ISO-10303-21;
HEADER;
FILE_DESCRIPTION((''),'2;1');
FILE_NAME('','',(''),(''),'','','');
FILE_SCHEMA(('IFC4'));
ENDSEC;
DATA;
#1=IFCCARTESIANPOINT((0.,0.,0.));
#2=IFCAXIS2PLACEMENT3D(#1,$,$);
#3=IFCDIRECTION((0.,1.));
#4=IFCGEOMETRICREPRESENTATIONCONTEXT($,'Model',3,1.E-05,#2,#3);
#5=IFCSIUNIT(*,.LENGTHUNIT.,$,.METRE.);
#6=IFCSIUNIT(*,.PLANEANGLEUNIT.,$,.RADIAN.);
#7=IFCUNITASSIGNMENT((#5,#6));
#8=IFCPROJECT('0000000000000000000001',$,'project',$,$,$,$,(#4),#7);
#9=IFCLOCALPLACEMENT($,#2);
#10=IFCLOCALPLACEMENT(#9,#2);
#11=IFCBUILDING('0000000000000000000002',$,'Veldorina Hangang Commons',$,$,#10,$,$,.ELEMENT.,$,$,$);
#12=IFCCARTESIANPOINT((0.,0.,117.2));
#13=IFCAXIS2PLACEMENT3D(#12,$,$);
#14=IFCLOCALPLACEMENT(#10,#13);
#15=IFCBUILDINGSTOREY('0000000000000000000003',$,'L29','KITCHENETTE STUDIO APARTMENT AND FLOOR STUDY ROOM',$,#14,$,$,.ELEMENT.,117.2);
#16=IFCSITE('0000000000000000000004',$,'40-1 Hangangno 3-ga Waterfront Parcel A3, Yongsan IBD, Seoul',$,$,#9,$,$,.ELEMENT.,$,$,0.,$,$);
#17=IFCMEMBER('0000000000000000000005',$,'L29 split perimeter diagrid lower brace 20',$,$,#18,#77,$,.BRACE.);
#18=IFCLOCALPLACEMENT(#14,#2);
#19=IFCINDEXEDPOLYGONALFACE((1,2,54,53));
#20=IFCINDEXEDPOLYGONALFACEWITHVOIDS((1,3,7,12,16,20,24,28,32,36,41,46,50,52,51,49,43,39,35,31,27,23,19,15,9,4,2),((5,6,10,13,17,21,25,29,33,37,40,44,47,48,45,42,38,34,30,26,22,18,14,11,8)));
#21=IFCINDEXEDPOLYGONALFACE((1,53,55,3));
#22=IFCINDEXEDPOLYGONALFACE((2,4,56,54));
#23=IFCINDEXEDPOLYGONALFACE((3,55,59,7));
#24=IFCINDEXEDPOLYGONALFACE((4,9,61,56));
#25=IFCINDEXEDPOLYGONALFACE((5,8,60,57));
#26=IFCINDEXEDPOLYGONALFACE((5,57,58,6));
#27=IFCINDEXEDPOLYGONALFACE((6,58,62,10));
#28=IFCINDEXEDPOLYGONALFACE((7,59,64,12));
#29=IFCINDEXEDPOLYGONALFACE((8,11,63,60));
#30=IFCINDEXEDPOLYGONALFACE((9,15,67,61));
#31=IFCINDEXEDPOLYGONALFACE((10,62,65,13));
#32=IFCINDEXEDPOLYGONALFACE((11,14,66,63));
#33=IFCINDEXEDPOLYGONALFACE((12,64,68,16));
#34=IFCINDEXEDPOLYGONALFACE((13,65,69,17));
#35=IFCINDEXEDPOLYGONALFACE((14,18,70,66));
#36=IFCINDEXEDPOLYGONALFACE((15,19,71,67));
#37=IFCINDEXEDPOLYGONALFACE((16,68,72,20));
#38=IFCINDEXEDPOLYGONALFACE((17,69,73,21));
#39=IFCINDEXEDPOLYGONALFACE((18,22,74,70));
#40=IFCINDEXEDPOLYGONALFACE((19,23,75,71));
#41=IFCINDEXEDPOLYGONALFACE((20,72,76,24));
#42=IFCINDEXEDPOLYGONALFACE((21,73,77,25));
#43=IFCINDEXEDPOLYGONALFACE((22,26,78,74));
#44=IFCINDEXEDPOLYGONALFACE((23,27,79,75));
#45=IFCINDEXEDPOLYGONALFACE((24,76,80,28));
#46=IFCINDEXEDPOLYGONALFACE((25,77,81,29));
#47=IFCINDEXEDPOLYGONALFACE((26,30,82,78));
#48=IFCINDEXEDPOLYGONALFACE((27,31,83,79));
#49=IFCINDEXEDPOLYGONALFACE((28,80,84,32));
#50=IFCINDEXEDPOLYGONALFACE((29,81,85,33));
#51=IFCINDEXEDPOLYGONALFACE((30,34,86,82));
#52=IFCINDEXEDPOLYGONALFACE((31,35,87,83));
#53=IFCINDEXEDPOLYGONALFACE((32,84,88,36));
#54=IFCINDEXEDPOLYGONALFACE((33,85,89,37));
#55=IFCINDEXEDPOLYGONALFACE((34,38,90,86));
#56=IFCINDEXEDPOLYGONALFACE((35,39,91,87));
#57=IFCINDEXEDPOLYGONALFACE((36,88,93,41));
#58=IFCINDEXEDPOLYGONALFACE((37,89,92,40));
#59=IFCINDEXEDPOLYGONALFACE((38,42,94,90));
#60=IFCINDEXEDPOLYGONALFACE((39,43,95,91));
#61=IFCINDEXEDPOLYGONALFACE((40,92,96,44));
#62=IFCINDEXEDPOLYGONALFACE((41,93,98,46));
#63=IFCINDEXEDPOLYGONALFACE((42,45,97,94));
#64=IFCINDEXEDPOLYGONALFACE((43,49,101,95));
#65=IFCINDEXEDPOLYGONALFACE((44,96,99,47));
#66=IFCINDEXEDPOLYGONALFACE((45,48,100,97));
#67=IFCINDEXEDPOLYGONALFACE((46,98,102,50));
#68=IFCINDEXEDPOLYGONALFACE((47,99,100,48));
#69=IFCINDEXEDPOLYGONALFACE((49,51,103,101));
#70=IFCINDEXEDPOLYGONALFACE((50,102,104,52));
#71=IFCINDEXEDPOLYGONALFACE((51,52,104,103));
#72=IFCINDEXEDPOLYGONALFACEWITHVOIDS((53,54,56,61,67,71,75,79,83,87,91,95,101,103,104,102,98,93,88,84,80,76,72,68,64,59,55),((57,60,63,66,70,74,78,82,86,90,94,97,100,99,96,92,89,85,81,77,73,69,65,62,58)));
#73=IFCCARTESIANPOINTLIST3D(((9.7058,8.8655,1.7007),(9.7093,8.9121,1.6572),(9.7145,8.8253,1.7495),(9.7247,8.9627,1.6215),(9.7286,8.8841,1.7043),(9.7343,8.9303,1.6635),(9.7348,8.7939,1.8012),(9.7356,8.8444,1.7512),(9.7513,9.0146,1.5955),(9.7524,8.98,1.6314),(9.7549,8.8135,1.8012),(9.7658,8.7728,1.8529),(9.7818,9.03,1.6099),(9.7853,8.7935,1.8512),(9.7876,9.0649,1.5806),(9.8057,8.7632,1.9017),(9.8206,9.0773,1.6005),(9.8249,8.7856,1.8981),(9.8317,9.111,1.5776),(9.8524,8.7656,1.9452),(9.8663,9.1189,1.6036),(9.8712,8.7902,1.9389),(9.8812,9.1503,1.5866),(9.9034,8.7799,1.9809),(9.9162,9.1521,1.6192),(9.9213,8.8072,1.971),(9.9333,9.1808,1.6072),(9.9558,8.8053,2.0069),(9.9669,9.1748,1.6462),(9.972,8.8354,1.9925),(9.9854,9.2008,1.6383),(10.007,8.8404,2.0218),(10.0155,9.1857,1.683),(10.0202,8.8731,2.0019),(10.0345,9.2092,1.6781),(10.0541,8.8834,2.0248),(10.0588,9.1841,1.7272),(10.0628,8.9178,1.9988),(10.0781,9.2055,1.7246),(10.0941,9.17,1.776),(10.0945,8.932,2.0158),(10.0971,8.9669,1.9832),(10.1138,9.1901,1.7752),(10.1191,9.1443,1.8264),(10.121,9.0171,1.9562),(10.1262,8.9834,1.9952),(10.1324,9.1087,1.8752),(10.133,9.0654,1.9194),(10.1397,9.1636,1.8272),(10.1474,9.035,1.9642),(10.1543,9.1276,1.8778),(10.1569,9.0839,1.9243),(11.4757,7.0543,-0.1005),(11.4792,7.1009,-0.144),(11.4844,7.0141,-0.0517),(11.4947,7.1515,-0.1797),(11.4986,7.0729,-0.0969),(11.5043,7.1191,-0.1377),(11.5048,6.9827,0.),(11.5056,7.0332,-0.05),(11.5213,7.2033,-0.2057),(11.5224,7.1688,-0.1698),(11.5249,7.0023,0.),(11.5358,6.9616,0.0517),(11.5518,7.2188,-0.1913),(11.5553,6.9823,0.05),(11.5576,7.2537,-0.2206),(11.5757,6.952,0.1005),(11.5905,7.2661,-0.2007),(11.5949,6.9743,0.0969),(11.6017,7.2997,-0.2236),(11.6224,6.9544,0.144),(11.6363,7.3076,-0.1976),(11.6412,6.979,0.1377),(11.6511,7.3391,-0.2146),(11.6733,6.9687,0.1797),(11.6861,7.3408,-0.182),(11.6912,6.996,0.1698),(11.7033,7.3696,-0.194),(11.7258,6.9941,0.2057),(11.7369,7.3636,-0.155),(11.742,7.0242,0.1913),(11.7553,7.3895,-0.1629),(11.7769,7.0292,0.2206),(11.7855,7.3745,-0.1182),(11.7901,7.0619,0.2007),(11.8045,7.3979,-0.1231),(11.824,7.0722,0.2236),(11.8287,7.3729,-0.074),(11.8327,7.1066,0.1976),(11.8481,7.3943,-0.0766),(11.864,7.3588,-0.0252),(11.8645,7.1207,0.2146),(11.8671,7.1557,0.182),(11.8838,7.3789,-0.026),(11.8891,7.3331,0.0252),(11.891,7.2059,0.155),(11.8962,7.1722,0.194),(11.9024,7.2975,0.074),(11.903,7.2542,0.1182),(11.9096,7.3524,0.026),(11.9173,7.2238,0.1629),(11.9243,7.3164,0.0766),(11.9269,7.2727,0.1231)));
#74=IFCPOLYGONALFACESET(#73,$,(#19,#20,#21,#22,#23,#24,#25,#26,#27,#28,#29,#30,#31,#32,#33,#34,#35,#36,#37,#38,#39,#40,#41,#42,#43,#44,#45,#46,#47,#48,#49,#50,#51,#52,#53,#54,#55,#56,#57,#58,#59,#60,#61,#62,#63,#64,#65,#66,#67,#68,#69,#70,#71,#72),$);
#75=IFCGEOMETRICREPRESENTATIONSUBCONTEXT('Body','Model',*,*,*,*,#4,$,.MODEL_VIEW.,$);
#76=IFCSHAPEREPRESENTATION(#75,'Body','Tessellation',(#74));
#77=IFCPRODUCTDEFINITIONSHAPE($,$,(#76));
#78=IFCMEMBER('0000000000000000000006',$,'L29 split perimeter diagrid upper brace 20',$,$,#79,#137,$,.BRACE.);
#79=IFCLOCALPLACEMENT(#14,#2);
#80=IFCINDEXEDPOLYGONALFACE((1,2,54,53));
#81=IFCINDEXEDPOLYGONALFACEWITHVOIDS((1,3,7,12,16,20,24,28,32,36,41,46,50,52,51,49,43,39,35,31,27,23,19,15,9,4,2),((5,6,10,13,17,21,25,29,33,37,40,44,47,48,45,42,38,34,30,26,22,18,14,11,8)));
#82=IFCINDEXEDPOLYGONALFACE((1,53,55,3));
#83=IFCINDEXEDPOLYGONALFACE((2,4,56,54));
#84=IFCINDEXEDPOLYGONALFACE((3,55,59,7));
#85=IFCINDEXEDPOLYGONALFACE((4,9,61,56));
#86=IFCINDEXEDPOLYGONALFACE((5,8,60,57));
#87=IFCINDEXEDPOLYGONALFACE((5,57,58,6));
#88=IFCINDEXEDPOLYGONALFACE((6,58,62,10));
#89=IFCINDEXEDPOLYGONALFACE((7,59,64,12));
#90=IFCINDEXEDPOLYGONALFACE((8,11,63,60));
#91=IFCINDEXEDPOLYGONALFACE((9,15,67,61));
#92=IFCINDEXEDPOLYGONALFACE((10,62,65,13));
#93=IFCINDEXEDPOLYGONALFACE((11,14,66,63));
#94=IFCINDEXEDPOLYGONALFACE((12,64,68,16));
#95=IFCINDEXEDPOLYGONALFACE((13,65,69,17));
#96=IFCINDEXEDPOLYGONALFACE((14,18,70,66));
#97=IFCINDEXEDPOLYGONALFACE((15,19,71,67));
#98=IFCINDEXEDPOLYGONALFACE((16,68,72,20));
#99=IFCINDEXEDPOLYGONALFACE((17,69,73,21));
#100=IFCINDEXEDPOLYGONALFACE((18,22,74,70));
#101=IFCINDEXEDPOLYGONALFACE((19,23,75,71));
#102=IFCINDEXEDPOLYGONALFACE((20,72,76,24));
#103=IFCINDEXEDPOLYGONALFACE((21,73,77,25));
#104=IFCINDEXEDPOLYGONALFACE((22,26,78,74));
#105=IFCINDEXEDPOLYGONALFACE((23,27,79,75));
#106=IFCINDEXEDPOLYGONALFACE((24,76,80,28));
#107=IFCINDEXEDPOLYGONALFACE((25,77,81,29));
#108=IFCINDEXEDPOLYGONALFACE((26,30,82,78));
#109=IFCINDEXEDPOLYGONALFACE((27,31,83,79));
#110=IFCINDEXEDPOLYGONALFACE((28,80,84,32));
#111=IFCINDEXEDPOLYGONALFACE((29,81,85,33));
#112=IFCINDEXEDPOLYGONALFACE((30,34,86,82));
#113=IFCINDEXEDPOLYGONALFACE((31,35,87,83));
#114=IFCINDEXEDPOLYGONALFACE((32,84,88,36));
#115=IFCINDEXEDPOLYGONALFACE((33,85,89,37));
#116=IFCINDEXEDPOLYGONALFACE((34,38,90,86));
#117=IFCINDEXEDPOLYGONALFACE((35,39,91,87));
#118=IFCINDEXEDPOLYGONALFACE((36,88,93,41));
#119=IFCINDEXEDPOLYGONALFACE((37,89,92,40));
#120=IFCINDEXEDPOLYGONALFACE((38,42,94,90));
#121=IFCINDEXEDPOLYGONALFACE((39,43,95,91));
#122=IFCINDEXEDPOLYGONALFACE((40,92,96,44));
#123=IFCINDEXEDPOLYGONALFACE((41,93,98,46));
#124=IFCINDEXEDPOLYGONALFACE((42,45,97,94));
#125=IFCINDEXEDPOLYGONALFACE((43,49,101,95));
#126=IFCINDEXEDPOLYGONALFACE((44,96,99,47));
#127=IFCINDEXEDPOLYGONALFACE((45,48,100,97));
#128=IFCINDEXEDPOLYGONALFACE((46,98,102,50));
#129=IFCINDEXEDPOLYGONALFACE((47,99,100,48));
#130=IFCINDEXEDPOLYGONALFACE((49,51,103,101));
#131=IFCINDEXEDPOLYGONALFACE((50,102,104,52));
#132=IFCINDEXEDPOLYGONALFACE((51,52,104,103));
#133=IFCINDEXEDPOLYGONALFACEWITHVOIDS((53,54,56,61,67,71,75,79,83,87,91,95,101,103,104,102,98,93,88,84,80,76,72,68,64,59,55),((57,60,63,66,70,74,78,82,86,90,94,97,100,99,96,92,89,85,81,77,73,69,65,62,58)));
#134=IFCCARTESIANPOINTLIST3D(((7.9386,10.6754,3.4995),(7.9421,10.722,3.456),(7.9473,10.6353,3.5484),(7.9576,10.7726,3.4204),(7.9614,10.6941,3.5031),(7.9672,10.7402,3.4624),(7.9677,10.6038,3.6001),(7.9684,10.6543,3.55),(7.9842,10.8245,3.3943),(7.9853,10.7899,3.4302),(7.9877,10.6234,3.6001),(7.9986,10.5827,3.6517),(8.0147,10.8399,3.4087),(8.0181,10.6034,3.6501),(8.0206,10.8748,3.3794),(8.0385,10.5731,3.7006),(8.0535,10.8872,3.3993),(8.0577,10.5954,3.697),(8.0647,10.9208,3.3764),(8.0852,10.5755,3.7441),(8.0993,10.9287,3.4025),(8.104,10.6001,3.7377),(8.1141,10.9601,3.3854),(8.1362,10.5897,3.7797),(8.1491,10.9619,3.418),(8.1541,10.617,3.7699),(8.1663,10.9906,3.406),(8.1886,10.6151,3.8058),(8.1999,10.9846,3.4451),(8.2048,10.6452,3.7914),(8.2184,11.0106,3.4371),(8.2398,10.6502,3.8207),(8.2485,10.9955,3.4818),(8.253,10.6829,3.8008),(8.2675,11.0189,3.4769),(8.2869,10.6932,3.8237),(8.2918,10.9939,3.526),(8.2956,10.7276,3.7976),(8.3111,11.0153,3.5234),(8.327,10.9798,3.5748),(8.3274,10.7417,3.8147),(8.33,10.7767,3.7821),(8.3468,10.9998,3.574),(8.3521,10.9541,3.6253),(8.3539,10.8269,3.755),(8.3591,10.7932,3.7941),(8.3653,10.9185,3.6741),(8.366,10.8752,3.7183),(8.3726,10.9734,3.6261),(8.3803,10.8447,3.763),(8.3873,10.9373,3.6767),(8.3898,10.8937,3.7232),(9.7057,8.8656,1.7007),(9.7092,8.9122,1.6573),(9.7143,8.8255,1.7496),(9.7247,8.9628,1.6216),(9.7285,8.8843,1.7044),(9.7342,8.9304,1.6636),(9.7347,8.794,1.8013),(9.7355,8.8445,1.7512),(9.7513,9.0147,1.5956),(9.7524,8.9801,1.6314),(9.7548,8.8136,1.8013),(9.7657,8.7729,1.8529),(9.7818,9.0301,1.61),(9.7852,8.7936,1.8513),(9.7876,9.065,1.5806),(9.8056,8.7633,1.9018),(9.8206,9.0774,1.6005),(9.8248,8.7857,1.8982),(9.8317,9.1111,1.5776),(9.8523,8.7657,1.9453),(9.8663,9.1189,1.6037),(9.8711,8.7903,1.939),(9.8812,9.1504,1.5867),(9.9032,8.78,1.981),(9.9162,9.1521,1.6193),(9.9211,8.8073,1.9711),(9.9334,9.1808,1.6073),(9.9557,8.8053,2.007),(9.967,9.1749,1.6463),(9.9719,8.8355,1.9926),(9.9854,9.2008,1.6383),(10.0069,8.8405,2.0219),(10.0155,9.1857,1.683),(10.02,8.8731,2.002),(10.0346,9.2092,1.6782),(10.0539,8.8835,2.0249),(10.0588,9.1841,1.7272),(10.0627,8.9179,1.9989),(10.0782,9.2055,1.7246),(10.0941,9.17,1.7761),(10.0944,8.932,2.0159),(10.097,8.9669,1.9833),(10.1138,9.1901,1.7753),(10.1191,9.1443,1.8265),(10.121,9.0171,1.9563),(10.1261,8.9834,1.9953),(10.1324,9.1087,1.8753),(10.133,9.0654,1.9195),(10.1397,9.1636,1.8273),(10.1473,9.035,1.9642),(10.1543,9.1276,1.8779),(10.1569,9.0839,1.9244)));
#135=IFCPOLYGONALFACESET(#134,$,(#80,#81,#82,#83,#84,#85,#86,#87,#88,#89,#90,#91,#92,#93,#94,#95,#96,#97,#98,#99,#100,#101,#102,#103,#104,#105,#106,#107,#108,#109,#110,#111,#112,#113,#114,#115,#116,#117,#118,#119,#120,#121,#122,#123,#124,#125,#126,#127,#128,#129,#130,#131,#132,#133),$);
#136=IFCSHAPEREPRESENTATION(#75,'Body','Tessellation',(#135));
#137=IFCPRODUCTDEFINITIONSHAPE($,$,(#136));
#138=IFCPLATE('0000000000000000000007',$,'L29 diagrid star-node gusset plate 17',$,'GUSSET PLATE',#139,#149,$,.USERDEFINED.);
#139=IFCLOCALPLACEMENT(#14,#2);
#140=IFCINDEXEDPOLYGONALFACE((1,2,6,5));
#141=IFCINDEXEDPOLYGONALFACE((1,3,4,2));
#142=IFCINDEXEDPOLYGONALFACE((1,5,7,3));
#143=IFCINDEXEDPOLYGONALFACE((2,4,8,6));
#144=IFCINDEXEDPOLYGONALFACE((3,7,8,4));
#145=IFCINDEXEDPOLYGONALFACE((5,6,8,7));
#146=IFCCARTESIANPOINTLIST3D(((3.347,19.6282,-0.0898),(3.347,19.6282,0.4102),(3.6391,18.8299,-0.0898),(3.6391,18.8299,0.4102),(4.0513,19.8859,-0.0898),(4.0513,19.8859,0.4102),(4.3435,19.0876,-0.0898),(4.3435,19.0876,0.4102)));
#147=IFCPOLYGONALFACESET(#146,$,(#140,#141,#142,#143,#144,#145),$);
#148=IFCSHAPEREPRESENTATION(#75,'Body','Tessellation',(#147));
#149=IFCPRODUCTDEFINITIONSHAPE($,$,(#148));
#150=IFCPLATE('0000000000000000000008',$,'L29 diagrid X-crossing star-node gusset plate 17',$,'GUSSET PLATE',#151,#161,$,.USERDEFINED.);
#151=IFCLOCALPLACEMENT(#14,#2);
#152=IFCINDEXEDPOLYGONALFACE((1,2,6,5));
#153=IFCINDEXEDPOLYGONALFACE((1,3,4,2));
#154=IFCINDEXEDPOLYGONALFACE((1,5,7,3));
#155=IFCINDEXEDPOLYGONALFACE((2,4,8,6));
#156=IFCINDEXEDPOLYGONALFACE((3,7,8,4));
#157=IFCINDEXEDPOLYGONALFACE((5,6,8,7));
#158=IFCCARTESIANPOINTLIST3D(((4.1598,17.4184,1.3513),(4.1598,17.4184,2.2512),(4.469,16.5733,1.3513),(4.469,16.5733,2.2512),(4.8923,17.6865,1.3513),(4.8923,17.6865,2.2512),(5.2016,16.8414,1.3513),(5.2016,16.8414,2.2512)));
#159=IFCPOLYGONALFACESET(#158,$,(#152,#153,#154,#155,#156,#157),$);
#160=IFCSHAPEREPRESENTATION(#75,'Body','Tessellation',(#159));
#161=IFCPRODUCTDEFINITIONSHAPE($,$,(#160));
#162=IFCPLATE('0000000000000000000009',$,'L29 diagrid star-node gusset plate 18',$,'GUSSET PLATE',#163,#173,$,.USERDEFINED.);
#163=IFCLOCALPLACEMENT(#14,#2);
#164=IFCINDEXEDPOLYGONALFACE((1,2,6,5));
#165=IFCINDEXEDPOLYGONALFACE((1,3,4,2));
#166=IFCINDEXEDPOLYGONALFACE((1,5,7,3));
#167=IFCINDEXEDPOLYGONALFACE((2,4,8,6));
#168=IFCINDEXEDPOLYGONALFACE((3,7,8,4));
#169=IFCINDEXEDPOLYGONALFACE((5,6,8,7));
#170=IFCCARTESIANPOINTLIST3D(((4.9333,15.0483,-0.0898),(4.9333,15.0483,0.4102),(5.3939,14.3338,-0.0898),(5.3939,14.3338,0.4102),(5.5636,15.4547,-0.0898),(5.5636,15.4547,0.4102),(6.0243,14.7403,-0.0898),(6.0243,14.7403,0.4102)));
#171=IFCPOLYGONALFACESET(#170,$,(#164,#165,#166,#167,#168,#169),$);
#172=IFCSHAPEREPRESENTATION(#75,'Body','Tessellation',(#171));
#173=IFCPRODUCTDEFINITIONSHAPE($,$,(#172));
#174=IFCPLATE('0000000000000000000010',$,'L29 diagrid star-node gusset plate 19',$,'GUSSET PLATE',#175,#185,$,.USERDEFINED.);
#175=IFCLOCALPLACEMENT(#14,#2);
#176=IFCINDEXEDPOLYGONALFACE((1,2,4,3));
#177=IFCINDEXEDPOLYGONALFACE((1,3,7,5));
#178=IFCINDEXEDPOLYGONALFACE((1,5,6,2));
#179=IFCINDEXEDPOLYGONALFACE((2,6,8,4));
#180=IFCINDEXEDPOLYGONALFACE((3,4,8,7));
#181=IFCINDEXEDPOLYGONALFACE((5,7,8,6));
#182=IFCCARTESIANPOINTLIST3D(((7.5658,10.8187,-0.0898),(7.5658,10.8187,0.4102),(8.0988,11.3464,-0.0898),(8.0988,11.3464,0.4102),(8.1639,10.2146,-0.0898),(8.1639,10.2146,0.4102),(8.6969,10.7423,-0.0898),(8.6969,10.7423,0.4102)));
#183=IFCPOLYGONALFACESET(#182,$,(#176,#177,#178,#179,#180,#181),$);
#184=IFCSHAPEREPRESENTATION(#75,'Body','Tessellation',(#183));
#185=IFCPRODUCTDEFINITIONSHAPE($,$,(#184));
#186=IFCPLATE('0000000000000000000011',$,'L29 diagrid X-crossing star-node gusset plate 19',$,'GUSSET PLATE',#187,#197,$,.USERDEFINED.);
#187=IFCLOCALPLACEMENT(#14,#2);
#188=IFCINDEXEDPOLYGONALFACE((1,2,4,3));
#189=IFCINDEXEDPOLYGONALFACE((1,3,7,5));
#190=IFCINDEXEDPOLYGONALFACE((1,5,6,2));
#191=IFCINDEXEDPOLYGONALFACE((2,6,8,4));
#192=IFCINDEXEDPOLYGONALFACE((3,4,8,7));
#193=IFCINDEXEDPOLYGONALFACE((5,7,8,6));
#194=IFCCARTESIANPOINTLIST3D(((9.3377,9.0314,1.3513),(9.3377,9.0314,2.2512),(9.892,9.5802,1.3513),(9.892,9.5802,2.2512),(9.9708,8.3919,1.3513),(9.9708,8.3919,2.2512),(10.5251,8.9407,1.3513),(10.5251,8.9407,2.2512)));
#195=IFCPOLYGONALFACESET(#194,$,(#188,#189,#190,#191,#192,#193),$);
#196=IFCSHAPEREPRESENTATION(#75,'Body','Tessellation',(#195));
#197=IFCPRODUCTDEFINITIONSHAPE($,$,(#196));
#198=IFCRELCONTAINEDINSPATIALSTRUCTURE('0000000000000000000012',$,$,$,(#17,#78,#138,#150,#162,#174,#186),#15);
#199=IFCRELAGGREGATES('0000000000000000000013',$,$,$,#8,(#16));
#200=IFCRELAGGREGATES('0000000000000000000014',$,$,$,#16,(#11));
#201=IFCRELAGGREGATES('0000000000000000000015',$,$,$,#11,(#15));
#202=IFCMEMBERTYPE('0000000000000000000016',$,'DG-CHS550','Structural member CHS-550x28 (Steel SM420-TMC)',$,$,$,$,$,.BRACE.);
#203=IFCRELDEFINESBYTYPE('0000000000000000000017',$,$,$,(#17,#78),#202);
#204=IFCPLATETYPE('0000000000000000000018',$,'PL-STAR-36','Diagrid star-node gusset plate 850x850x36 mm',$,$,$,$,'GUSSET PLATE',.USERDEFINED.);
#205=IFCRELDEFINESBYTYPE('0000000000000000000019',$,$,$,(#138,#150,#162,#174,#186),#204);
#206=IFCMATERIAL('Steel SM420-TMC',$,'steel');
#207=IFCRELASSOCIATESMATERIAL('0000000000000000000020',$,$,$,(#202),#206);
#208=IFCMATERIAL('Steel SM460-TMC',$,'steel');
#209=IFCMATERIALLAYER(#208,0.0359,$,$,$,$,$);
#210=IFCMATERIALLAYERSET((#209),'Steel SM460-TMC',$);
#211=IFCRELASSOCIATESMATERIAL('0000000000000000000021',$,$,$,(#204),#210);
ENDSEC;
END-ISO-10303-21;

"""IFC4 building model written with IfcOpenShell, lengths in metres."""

from ifc_helpers import new_model, si_unit, direction, frame, origin, origin_2d, place, context, subcontext, project, spatial, rectangle, hollow_circle, extrude, material, layer, layer_set, material_profile, profile_set, type_object, element, save


model = new_model("IFC4")

# Units and contexts
model_context = context("Model", 3, precision=1e-05, world=origin(), true_north=direction((0.0, 1.0)))
body_context = subcontext(model_context, "Body", "Model", "MODEL_VIEW")
ifc_project = project(units=[si_unit("LENGTHUNIT", "METRE"), si_unit("PLANEANGLEUNIT", "RADIAN")], contexts=[model_context])

# Site, building, storey
site_placement = place(None, origin())
site = spatial("IfcSite", under=ifc_project, at=site_placement, Name="40-1 Hangangno 3-ga Waterfront Parcel A3, Yongsan IBD, Seoul", CompositionType="ELEMENT", RefElevation=0.0)
building_placement = place(site_placement, origin())
building = spatial("IfcBuilding", under=site, at=building_placement, Name="Veldorina Hangang Commons", CompositionType="ELEMENT")
storey_placement = place(building_placement, frame((0.0, 0.0, 117.2)))
storey = spatial("IfcBuildingStorey", under=building, at=storey_placement, Name="L29", Description="KITCHENETTE STUDIO APARTMENT AND FLOOR STUDY ROOM", CompositionType="ELEMENT", Elevation=117.2)

# Shared definitions
ifc_material_1 = material(Name="Steel SM420-TMC", Category="steel")

# Members
ifc_material_profile_1 = material_profile(ifc_material_1, hollow_circle(Radius=0.2749, WallThickness=0.0281, at=origin_2d()), Name="CHS-550x28")
ifc_profile_set_1 = profile_set([ifc_material_profile_1], Name="Steel SM420-TMC")
member_type = type_object("IfcMemberType", Name="DG-CHS550", Description="Structural member CHS-550x28 (Steel SM420-TMC)", PredefinedType="BRACE", material=ifc_profile_set_1)
member_1_placement = place(storey_placement, frame((11.7014, 7.1748, 0.0), z_axis=(-0.569545, 0.582822, 0.579601), x_axis=(-0.715206, -0.698914, 0.0)))
element("IfcMember", 1, at=member_1_placement, inside=storey, type_object=member_type, Name="L29 split perimeter diagrid lower brace 20", PredefinedType="BRACE", context=body_context, shape_type="SweptSolid", body=[
    extrude(hollow_circle(Radius=0.2749, WallThickness=0.0281, at=origin_2d()), origin(), (0.0, 0.0, 1.0), 3.1077),
])
member_2_placement = place(storey_placement, frame((9.9314, 8.9861, 1.8013), z_axis=(-0.569324, 0.583089, 0.579549), x_axis=(-0.715502, -0.698611, 0.0)))
element("IfcMember", 2, at=member_2_placement, inside=storey, type_object=member_type, Name="L29 split perimeter diagrid upper brace 20", PredefinedType="BRACE", context=body_context, shape_type="SweptSolid", body=[
    extrude(hollow_circle(Radius=0.2749, WallThickness=0.0281, at=origin_2d()), origin(), (0.0, 0.0, 1.0), 3.1038),
])

# Plates
ifc_material_2 = material(Name="Steel SM460-TMC", Category="steel")
ifc_layer_1 = layer(ifc_material_2, 0.0359)
ifc_layer_set_1 = layer_set([ifc_layer_1], Name="Steel SM460-TMC")
plate_type = type_object("IfcPlateType", Name="PL-STAR-36", Description="Diagrid star-node gusset plate 850x850x36 mm", ElementType="GUSSET PLATE", PredefinedType="USERDEFINED", material=ifc_layer_set_1)
plate_1_placement = place(storey_placement, frame((3.8452, 19.3579, -0.0898), z_axis=(0.0, 0.0, 1.0), x_axis=(0.343676, -0.939088, 0.0)))
element("IfcPlate", 3, at=plate_1_placement, inside=storey, type_object=plate_type, Name="L29 diagrid star-node gusset plate 17", ObjectType="GUSSET PLATE", PredefinedType="USERDEFINED", context=body_context, shape_type="SweptSolid", body=[
    extrude(rectangle(XDim=0.8501, YDim=0.75, at=origin_2d()), origin(), (0.0, 0.0, 1.0), 0.5),
])
plate_2_placement = place(storey_placement, frame((4.6807, 17.1299, 1.3513), z_axis=(0.0, 0.0, 1.0), x_axis=(0.343676, -0.939088, 0.0)))
element("IfcPlate", 4, at=plate_2_placement, inside=storey, type_object=plate_type, Name="L29 diagrid X-crossing star-node gusset plate 17", ObjectType="GUSSET PLATE", PredefinedType="USERDEFINED", context=body_context, shape_type="SweptSolid", body=[
    extrude(rectangle(XDim=0.8999, YDim=0.78, at=origin_2d()), origin(), (0.0, 0.0, 1.0), 0.8999),
])
for number, where, z_axis, x_axis, name in (
    (5, (5.4788, 14.8943, -0.0898), (0.0, 0.0, 1.0), (0.541928, -0.840425, 0.0), "L29 diagrid star-node gusset plate 18"),
    (6, (8.1313, 10.7805, -0.0898), (0.0, 0.0, 1.0), (0.703581, -0.710615, 0.0), "L29 diagrid star-node gusset plate 19"),
):
    element("IfcPlate", number, at=place(storey_placement, frame(where, z_axis=z_axis, x_axis=x_axis)), inside=storey, type_object=plate_type, Name=name, ObjectType="GUSSET PLATE", PredefinedType="USERDEFINED", context=body_context, shape_type="SweptSolid", body=[
        extrude(rectangle(XDim=0.8501, YDim=0.75, at=origin_2d()), origin(), (0.0, 0.0, 1.0), 0.5),
    ])
plate_3_placement = place(storey_placement, frame((9.9314, 8.9861, 1.3513), z_axis=(0.0, 0.0, 1.0), x_axis=(0.703581, -0.710615, 0.0)))
element("IfcPlate", 7, at=plate_3_placement, inside=storey, type_object=plate_type, Name="L29 diagrid X-crossing star-node gusset plate 19", ObjectType="GUSSET PLATE", PredefinedType="USERDEFINED", context=body_context, shape_type="SweptSolid", body=[
    extrude(rectangle(XDim=0.8999, YDim=0.78, at=origin_2d()), origin(), (0.0, 0.0, 1.0), 0.8999),
])

save(model, "model.ifc")
